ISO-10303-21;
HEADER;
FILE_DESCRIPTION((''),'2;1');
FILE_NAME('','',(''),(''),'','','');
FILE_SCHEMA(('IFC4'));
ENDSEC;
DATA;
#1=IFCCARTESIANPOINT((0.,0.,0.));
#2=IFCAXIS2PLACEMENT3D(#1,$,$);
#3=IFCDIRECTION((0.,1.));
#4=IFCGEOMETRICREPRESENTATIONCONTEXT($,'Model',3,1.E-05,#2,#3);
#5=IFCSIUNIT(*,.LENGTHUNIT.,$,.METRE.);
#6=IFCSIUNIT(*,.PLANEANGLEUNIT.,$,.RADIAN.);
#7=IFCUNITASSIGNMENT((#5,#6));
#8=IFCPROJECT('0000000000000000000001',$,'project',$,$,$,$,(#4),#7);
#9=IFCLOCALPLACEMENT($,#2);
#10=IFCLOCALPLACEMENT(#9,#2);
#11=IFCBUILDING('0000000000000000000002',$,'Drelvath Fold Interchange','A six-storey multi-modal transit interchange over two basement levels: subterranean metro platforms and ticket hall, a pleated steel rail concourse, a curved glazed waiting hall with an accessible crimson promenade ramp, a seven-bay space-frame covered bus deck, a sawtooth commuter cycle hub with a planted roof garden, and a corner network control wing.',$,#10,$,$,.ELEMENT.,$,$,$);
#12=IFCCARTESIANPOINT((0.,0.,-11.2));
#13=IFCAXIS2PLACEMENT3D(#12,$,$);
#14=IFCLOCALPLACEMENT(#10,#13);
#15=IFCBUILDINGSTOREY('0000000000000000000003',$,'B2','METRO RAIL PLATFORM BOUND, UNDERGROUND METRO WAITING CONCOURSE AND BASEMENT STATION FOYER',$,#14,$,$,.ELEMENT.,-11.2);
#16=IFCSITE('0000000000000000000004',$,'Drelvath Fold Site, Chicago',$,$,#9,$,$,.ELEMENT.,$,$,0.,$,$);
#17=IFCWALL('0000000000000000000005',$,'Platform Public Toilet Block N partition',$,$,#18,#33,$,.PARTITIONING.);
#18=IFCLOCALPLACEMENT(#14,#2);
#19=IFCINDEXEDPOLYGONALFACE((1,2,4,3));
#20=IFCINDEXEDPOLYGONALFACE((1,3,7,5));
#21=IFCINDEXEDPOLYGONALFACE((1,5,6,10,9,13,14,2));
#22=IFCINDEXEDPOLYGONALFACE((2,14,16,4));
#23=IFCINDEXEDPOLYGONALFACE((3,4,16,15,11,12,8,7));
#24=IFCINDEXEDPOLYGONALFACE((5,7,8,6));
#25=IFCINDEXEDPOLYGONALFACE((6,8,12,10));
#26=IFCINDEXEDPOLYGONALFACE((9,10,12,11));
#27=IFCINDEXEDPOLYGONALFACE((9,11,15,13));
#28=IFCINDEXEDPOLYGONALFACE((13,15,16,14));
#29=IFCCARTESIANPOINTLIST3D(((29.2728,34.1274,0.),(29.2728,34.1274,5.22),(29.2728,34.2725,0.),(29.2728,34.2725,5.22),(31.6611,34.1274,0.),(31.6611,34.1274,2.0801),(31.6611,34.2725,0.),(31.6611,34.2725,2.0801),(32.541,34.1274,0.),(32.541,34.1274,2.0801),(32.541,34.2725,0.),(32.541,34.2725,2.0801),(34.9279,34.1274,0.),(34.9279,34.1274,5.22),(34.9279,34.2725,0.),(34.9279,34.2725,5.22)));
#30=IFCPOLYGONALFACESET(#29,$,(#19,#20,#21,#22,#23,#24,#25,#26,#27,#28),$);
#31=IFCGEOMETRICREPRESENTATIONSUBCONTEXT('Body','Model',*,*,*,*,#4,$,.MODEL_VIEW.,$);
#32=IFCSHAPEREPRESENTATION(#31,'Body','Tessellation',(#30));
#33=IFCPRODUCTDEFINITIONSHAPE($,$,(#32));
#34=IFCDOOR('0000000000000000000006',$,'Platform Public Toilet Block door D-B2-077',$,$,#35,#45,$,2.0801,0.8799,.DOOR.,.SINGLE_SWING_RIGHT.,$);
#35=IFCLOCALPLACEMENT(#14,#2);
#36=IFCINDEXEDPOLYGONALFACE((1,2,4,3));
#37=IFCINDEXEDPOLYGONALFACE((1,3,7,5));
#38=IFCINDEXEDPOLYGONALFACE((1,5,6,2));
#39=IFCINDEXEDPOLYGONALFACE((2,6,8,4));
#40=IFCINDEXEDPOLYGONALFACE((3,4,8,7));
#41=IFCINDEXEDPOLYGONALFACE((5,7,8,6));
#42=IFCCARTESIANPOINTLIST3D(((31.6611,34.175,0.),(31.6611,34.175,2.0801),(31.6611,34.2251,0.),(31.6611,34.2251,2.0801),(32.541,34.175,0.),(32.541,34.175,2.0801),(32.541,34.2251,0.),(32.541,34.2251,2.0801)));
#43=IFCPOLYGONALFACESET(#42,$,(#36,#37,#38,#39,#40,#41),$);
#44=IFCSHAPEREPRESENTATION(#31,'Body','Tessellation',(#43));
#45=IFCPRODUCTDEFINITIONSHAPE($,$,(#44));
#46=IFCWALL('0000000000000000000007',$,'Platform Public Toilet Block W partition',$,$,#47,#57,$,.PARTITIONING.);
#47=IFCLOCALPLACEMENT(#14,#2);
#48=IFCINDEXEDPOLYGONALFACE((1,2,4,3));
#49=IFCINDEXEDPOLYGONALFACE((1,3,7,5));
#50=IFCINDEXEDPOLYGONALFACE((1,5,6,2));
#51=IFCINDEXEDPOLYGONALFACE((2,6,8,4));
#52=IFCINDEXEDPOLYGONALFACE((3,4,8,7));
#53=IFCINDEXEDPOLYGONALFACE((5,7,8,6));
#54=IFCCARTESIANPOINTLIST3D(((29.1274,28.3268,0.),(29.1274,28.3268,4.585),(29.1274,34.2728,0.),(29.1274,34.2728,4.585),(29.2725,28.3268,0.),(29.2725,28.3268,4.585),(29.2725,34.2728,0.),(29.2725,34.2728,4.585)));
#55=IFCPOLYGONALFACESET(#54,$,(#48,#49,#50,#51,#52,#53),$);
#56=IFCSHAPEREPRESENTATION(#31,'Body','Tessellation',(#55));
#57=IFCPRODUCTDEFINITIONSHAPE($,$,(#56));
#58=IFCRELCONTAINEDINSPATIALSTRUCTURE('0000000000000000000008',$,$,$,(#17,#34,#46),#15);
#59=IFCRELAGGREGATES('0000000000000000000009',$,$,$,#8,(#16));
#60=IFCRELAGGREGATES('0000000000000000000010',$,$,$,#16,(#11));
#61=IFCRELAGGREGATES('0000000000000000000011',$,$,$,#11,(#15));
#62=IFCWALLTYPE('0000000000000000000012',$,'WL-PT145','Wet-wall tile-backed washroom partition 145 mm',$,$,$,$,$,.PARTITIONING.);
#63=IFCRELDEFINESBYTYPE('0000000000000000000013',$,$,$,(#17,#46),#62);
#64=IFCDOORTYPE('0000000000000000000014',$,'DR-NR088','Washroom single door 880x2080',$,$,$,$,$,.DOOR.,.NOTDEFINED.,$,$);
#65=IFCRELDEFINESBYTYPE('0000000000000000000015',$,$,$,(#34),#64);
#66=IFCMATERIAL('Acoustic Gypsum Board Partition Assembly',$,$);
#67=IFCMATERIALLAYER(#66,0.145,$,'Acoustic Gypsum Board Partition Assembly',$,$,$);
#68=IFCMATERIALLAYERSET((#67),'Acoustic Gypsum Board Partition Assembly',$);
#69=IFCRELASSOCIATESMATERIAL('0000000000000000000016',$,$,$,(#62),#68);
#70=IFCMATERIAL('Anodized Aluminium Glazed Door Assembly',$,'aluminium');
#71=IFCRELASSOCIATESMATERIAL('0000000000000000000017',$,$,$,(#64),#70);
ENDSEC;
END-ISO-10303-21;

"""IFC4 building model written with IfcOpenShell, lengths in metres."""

from ifc_helpers import new_model, si_unit, direction, frame, frame_2d, origin, place, context, subcontext, project, spatial, rectangle, extrude, material, layer, layer_set, type_object, element, fill, save


model = new_model("IFC4")

# Units and contexts
model_context = context("Model", 3, precision=1e-05, world=origin(), true_north=direction((0.0, 1.0)))
body_context = subcontext(model_context, "Body", "Model", "MODEL_VIEW")
ifc_project = project(units=[si_unit("LENGTHUNIT", "METRE"), si_unit("PLANEANGLEUNIT", "RADIAN")], contexts=[model_context])

# Site, building, storey
site_placement = place(None, origin())
site = spatial("IfcSite", under=ifc_project, at=site_placement, Name="Drelvath Fold Site, Chicago", CompositionType="ELEMENT", RefElevation=0.0)
building_placement = place(site_placement, origin())
building = spatial("IfcBuilding", under=site, at=building_placement, Name="Drelvath Fold Interchange", Description="A six-storey multi-modal transit interchange over two basement levels: subterranean metro platforms and ticket hall, a pleated steel rail concourse, a curved glazed waiting hall with an accessible crimson promenade ramp, a seven-bay space-frame covered bus deck, a sawtooth commuter cycle hub with a planted roof garden, and a corner network control wing.", CompositionType="ELEMENT")
storey_placement = place(building_placement, frame((0.0, 0.0, -11.2)))
storey = spatial("IfcBuildingStorey", under=building, at=storey_placement, Name="B2", Description="METRO RAIL PLATFORM BOUND, UNDERGROUND METRO WAITING CONCOURSE AND BASEMENT STATION FOYER", CompositionType="ELEMENT", Elevation=-11.2)

# Wall, opening, door
ifc_material_1 = material(Name="Acoustic Gypsum Board Partition Assembly")
ifc_layer = layer(ifc_material_1, 0.145, Name="Acoustic Gypsum Board Partition Assembly")
ifc_layer_set = layer_set([ifc_layer], Name="Acoustic Gypsum Board Partition Assembly")
wall_type = type_object("IfcWallType", Name="WL-PT145", Description="Wet-wall tile-backed washroom partition 145 mm", PredefinedType="PARTITIONING", material=ifc_layer_set)
wall_1_placement = place(storey_placement, frame((34.928, 34.2, 0.0), z_axis=(0.0, 0.0, 1.0), x_axis=(-1.0, 0.0, 0.0)))
wall_1 = element("IfcWall", 1, at=wall_1_placement, inside=storey, type_object=wall_type, Name="Platform Public Toilet Block N partition", PredefinedType="PARTITIONING", context=body_context, shape_type="SweptSolid", body=[
    extrude(rectangle(XDim=5.655, YDim=0.145, at=frame_2d((2.8276, 0.0))), origin(), (0.0, 0.0, 1.0), 5.22),
])
opening_placement = place(wall_1_placement, frame((2.387, 0.0, 0.0)))
opening = element("IfcOpeningElement", 2, at=opening_placement, cuts=wall_1, PredefinedType="OPENING", context=body_context, shape_type="SweptSolid", body=[
    extrude(rectangle(XDim=0.8799, YDim=2.0801, at=frame_2d((0.4399, 1.04))), frame((0.0, 0.0825, 0.0), z_axis=(0.0, -1.0, 0.0), x_axis=(1.0, 0.0, 0.0)), (0.0, 0.0, 1.0), 0.165),
])
ifc_material_2 = material(Name="Anodized Aluminium Glazed Door Assembly", Category="aluminium")
door_type = type_object("IfcDoorType", Name="DR-NR088", Description="Washroom single door 880x2080", OperationType="NOTDEFINED", PredefinedType="DOOR", material=ifc_material_2)
door_placement = place(opening_placement, origin())
door = element("IfcDoor", 3, at=door_placement, inside=storey, type_object=door_type, Name="Platform Public Toilet Block door D-B2-077", OperationType="SINGLE_SWING_RIGHT", OverallHeight=2.0801, OverallWidth=0.8799, PredefinedType="DOOR", context=body_context, shape_type="SweptSolid", body=[
    extrude(rectangle(XDim=0.8799, YDim=2.0801, at=frame_2d((0.4399, 1.04))), frame((0.0, 0.0249, 0.0), z_axis=(0.0, -1.0, 0.0), x_axis=(1.0, 0.0, 0.0)), (0.0, 0.0, 1.0), 0.05),
])
fill(opening, door)

# Wall
wall_2_placement = place(storey_placement, frame((29.2, 34.2729, 0.0), z_axis=(0.0, 0.0, 1.0), x_axis=(0.0, -1.0, 0.0)))
element("IfcWall", 4, at=wall_2_placement, inside=storey, type_object=wall_type, Name="Platform Public Toilet Block W partition", PredefinedType="PARTITIONING", context=body_context, shape_type="SweptSolid", body=[
    extrude(rectangle(XDim=5.946, YDim=0.145, at=frame_2d((2.9731, 0.0))), origin(), (0.0, 0.0, 1.0), 4.585),
])

save(model, "model.ifc")
